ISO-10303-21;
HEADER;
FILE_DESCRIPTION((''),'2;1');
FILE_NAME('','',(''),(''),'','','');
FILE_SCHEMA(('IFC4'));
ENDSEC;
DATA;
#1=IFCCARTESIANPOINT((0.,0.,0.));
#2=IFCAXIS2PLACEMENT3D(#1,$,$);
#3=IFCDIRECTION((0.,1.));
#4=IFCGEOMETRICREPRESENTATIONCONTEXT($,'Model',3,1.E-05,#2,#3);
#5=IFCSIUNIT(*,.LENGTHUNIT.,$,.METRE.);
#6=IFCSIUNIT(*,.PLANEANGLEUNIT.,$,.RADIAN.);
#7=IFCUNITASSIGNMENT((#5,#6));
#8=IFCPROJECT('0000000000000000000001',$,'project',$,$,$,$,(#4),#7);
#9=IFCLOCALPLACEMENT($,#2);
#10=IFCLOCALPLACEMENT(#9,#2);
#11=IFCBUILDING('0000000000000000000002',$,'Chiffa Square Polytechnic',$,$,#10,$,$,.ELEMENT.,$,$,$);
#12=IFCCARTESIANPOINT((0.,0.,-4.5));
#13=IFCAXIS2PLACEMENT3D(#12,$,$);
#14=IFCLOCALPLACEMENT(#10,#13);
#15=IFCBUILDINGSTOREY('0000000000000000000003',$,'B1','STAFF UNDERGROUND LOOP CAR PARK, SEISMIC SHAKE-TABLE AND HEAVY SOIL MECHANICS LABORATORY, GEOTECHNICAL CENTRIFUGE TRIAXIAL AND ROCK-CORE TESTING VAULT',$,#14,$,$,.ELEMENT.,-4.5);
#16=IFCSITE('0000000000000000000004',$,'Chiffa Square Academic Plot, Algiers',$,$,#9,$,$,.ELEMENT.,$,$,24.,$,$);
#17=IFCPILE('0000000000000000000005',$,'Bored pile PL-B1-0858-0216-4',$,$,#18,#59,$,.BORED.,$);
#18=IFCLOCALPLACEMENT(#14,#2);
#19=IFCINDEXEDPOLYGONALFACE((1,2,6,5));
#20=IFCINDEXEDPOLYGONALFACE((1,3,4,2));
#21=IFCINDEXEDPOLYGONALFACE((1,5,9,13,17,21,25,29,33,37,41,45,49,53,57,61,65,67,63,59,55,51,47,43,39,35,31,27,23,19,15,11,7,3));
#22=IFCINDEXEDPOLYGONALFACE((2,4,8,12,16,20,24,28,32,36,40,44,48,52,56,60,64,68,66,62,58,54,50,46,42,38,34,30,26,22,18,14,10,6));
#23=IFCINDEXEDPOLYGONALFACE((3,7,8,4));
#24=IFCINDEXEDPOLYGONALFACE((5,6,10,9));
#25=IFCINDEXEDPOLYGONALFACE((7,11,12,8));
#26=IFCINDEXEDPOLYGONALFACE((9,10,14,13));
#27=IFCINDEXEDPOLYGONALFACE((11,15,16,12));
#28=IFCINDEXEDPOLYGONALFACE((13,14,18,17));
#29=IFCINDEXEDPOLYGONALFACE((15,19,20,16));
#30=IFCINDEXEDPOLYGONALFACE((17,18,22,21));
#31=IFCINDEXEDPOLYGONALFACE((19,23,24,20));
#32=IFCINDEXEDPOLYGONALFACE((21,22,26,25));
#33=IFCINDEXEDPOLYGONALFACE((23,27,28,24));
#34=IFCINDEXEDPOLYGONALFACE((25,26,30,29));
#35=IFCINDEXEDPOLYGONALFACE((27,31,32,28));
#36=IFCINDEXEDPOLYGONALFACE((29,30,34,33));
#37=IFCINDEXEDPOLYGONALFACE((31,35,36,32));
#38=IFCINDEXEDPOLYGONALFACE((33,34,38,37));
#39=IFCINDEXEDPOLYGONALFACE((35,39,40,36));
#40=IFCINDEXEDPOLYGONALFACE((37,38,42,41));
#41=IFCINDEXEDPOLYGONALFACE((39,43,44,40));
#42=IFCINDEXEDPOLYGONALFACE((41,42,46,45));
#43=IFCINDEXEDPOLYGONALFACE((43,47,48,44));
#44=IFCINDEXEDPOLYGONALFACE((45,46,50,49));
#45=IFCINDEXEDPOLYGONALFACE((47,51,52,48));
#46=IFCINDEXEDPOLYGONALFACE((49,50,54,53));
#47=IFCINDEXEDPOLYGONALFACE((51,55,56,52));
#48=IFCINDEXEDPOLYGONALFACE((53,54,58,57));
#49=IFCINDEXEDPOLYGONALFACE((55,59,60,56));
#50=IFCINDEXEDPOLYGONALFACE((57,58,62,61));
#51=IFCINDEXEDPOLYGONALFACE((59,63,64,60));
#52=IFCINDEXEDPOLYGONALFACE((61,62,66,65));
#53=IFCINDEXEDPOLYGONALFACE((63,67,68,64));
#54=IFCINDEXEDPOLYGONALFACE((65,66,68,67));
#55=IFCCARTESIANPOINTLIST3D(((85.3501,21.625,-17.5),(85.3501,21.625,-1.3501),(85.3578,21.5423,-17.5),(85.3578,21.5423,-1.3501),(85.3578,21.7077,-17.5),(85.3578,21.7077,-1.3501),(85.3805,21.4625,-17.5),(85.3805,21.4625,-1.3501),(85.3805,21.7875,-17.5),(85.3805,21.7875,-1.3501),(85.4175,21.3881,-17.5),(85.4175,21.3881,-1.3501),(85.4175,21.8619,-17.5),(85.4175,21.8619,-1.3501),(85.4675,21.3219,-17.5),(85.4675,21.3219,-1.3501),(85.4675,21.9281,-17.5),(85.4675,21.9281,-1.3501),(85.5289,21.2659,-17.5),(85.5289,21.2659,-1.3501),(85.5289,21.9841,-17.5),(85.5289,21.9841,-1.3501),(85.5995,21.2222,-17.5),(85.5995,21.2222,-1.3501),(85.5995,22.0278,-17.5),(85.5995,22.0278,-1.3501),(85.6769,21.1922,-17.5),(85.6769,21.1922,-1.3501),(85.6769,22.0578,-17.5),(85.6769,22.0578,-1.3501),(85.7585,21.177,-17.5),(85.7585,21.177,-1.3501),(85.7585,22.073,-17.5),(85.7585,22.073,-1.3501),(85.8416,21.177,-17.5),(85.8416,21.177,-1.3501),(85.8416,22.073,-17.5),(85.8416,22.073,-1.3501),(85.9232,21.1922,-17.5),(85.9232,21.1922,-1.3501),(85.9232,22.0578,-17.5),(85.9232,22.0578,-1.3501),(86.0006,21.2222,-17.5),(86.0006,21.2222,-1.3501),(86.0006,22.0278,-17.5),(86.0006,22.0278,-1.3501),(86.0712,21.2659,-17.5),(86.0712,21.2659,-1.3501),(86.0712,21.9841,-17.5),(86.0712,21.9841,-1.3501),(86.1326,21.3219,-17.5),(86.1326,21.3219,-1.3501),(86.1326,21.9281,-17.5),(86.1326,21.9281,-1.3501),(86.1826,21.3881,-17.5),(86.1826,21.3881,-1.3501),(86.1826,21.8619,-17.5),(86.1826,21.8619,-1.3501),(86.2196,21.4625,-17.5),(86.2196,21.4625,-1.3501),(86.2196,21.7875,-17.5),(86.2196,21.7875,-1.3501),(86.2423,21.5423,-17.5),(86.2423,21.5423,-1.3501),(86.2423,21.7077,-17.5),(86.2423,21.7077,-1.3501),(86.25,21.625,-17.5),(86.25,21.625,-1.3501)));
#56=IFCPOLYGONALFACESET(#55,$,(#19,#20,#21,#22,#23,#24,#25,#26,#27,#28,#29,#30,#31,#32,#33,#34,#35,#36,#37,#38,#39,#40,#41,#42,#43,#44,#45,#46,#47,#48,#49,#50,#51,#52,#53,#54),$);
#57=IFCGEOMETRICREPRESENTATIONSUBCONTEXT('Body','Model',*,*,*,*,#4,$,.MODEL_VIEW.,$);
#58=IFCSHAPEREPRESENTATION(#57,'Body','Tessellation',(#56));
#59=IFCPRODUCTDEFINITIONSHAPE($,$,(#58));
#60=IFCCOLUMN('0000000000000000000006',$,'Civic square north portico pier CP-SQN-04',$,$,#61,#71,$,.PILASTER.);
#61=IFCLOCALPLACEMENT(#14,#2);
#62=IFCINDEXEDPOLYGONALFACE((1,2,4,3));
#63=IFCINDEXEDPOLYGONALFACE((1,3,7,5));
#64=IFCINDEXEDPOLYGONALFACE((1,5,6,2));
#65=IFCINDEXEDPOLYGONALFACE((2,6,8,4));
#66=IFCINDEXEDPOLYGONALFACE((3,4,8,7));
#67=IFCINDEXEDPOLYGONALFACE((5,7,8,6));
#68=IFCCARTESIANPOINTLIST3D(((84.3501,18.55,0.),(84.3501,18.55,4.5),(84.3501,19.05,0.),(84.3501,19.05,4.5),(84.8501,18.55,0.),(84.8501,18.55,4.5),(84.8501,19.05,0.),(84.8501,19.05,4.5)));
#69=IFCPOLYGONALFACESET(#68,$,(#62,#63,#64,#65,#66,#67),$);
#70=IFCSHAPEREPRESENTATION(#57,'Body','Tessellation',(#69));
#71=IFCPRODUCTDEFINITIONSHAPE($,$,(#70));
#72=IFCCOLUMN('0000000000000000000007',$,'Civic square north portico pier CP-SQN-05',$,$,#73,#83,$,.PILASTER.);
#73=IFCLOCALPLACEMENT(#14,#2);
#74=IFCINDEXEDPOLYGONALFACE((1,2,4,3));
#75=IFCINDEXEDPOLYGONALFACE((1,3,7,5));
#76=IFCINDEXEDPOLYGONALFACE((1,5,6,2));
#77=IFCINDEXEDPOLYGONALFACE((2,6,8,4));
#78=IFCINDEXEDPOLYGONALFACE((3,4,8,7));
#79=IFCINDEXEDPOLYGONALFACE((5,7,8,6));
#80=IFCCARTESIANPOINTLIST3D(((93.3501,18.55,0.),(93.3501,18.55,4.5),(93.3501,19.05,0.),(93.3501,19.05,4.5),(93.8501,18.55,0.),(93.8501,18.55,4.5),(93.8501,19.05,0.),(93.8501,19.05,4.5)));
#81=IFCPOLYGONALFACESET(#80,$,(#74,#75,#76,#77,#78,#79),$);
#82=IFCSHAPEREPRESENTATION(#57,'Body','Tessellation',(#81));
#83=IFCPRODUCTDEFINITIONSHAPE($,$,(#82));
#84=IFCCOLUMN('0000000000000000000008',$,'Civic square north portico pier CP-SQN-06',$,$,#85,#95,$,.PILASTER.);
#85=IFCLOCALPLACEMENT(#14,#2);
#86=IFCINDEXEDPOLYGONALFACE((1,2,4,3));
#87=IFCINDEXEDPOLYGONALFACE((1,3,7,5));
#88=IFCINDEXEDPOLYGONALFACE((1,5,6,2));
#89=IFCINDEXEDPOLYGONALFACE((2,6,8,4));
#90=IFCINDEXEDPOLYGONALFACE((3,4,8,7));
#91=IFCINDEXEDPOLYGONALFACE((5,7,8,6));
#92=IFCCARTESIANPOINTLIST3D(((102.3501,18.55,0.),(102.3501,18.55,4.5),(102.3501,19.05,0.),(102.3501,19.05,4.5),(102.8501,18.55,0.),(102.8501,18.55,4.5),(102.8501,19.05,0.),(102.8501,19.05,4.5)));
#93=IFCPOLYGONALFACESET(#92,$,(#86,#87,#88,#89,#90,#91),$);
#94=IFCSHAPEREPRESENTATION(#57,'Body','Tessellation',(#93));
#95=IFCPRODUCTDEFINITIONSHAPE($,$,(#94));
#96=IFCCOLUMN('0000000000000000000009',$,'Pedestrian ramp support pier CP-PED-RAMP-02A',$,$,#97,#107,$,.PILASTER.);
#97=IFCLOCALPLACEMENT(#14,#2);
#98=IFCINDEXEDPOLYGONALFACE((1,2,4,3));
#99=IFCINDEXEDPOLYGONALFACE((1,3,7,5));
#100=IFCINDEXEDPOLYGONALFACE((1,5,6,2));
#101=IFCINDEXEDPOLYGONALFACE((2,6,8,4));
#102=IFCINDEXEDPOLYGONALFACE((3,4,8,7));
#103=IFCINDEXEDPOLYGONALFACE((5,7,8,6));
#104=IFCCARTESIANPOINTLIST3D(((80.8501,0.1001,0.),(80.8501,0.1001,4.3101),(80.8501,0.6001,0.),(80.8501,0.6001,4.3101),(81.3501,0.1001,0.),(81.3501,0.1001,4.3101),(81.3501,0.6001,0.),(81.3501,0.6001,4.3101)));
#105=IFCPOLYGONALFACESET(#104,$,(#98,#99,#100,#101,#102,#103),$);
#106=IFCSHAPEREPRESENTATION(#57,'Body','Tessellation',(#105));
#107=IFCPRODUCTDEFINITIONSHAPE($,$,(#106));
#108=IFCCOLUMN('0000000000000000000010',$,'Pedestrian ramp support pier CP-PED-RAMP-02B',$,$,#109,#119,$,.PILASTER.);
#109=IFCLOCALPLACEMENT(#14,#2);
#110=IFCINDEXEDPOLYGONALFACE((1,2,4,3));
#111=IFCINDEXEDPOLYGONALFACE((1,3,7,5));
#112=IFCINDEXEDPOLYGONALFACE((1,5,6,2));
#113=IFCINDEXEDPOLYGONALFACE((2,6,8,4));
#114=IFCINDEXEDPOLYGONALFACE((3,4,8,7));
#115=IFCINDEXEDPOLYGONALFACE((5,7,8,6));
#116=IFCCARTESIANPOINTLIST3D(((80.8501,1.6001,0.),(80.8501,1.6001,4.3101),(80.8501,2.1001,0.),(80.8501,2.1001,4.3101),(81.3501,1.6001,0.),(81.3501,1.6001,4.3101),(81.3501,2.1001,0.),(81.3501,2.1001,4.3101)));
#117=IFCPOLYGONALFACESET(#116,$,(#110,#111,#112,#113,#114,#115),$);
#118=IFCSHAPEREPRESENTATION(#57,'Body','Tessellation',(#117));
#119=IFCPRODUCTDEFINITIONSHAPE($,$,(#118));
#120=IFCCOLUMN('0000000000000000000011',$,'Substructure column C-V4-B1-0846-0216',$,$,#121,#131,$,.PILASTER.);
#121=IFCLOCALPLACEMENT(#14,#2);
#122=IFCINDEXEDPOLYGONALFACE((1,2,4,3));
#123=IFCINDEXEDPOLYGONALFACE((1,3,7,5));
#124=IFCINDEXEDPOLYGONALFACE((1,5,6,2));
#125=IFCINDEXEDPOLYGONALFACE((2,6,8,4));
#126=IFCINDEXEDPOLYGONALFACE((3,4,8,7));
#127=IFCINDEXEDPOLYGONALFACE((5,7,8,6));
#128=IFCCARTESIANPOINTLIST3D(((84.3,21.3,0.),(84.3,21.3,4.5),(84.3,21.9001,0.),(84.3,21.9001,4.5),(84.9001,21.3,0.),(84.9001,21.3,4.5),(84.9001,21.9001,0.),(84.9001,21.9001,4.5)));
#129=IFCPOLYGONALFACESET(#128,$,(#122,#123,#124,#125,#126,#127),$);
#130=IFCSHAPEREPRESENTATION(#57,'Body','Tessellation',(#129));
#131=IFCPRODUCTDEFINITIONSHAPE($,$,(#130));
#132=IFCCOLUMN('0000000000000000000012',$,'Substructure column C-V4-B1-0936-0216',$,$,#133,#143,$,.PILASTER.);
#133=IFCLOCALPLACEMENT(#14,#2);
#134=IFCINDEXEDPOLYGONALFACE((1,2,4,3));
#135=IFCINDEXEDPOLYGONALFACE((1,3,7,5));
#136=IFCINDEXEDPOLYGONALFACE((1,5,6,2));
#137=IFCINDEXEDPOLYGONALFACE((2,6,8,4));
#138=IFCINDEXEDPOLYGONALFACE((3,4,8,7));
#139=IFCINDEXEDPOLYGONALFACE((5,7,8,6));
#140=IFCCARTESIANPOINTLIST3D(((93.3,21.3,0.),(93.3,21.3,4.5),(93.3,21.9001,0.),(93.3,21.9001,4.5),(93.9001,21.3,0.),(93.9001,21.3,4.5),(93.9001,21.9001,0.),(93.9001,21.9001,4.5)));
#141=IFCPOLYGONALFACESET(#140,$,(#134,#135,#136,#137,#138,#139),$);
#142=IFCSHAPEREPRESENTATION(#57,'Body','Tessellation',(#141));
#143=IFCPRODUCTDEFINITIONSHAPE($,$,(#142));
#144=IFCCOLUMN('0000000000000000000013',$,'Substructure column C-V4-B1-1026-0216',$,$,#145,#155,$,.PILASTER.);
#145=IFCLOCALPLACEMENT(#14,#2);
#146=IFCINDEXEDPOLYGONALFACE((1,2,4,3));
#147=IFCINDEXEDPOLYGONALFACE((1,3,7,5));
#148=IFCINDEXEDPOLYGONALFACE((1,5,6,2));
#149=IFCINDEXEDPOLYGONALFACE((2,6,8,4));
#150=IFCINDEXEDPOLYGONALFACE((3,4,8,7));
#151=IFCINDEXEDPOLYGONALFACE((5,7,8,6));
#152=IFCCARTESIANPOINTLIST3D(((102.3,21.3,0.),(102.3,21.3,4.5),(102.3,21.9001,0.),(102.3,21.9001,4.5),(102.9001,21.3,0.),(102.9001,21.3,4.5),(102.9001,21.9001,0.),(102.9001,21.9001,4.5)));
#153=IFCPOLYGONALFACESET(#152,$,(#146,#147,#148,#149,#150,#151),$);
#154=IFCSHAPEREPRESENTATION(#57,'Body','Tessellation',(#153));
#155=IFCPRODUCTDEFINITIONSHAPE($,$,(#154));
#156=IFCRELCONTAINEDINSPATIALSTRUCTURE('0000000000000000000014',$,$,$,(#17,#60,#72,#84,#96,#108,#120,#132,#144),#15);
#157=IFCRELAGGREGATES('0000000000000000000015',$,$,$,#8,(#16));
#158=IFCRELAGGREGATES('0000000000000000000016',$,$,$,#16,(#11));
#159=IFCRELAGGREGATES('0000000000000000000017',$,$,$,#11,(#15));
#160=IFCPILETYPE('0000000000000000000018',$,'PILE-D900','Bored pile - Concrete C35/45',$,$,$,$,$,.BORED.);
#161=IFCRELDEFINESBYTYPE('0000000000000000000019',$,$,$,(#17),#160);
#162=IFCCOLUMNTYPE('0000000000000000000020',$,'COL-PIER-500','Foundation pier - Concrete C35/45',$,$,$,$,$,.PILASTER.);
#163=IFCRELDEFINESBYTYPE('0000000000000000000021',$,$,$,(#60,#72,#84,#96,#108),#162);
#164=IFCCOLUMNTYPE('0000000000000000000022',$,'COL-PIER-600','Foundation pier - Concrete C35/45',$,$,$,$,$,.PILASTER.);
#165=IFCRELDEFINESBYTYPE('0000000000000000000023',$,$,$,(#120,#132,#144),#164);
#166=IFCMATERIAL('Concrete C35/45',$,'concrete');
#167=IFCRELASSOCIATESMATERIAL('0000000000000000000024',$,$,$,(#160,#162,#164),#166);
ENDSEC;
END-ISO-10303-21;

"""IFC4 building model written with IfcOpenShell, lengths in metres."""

from ifc_helpers import new_model, si_unit, direction, frame, origin, origin_2d, place, context, subcontext, project, spatial, rectangle, circle, extrude, material, material_profile, profile_set, type_object, element, save


model = new_model("IFC4")

# Units and contexts
model_context = context("Model", 3, precision=1e-05, world=origin(), true_north=direction((0.0, 1.0)))
body_context = subcontext(model_context, "Body", "Model", "MODEL_VIEW")
ifc_project = project(units=[si_unit("LENGTHUNIT", "METRE"), si_unit("PLANEANGLEUNIT", "RADIAN")], contexts=[model_context])

# Site, building, storey
site_placement = place(None, origin())
site = spatial("IfcSite", under=ifc_project, at=site_placement, Name="Chiffa Square Academic Plot, Algiers", CompositionType="ELEMENT", RefElevation=24.0)
building_placement = place(site_placement, origin())
building = spatial("IfcBuilding", under=site, at=building_placement, Name="Chiffa Square Polytechnic", CompositionType="ELEMENT")
storey_placement = place(building_placement, frame((0.0, 0.0, -4.5)))
storey = spatial("IfcBuildingStorey", under=building, at=storey_placement, Name="B1", Description="STAFF UNDERGROUND LOOP CAR PARK, SEISMIC SHAKE-TABLE AND HEAVY SOIL MECHANICS LABORATORY, GEOTECHNICAL CENTRIFUGE TRIAXIAL AND ROCK-CORE TESTING VAULT", CompositionType="ELEMENT", Elevation=-4.5)

# Shared definitions
ifc_material = material(Name="Concrete C35/45", Category="concrete")

# Pile
ifc_material_profile_1 = material_profile(ifc_material, circle(Radius=0.45, at=origin_2d()), Name="PILE D900")
ifc_profile_set_1 = profile_set([ifc_material_profile_1], Name="Concrete C35/45")
pile_type_1 = type_object("IfcPileType", Name="PILE-D900", Description="Bored pile - Concrete C35/45", PredefinedType="BORED", material=ifc_profile_set_1)
for number, where, z_axis, x_axis, name in (
    (1, (85.8, 21.625, -1.3501), (0.0, 0.0, -1.0), (1.0, 0.0, 0.0), "Bored pile PL-B1-0858-0216-4"),
):
    element("IfcPile", number, at=place(storey_placement, frame(where, z_axis=z_axis, x_axis=x_axis)), inside=storey, type_object=pile_type_1, Name=name, PredefinedType="BORED", context=body_context, shape_type="SweptSolid", body=[
        extrude(circle(Radius=0.45, at=origin_2d()), origin(), (0.0, 0.0, 1.0), 16.1499),
    ])

# Columns
ifc_material_profile_2 = material_profile(ifc_material, rectangle(XDim=0.5, YDim=0.5, at=origin_2d()), Name="RC 500x500")
ifc_profile_set_2 = profile_set([ifc_material_profile_2], Name="Concrete C35/45")
column_type_1 = type_object("IfcColumnType", Name="COL-PIER-500", Description="Foundation pier - Concrete C35/45", PredefinedType="PILASTER", material=ifc_profile_set_2)
for number, where, z_axis, x_axis, name in (
    (2, (84.6001, 18.8, 0.0), (0.0, 0.0, 1.0), (1.0, 0.0, 0.0), "Civic square north portico pier CP-SQN-04"),
    (3, (93.6001, 18.8, 0.0), (0.0, 0.0, 1.0), (1.0, 0.0, 0.0), "Civic square north portico pier CP-SQN-05"),
    (4, (102.6001, 18.8, 0.0), (0.0, 0.0, 1.0), (1.0, 0.0, 0.0), "Civic square north portico pier CP-SQN-06"),
):
    element("IfcColumn", number, at=place(storey_placement, frame(where, z_axis=z_axis, x_axis=x_axis)), inside=storey, type_object=column_type_1, Name=name, PredefinedType="PILASTER", context=body_context, shape_type="SweptSolid", body=[
        extrude(rectangle(XDim=0.5, YDim=0.5, at=origin_2d()), origin(), (0.0, 0.0, 1.0), 4.5),
    ])
for number, where, z_axis, x_axis, name in (
    (5, (81.1001, 0.3501, 0.0), (0.0, 0.0, 1.0), (1.0, 0.0, 0.0), "Pedestrian ramp support pier CP-PED-RAMP-02A"),
    (6, (81.1001, 1.8501, 0.0), (0.0, 0.0, 1.0), (1.0, 0.0, 0.0), "Pedestrian ramp support pier CP-PED-RAMP-02B"),
):
    element("IfcColumn", number, at=place(storey_placement, frame(where, z_axis=z_axis, x_axis=x_axis)), inside=storey, type_object=column_type_1, Name=name, PredefinedType="PILASTER", context=body_context, shape_type="SweptSolid", body=[
        extrude(rectangle(XDim=0.5, YDim=0.5, at=origin_2d()), origin(), (0.0, 0.0, 1.0), 4.3101),
    ])
ifc_material_profile_3 = material_profile(ifc_material, rectangle(XDim=0.6001, YDim=0.6001, at=origin_2d()), Name="RC 600x600")
ifc_profile_set_3 = profile_set([ifc_material_profile_3], Name="Concrete C35/45")
column_type_2 = type_object("IfcColumnType", Name="COL-PIER-600", Description="Foundation pier - Concrete C35/45", PredefinedType="PILASTER", material=ifc_profile_set_3)
for number, where, z_axis, x_axis, name in (
    (7, (84.6001, 21.6001, 0.0), (0.0, 0.0, 1.0), (1.0, 0.0, 0.0), "Substructure column C-V4-B1-0846-0216"),
    (8, (93.6001, 21.6001, 0.0), (0.0, 0.0, 1.0), (1.0, 0.0, 0.0), "Substructure column C-V4-B1-0936-0216"),
    (9, (102.6001, 21.6001, 0.0), (0.0, 0.0, 1.0), (1.0, 0.0, 0.0), "Substructure column C-V4-B1-1026-0216"),
):
    element("IfcColumn", number, at=place(storey_placement, frame(where, z_axis=z_axis, x_axis=x_axis)), inside=storey, type_object=column_type_2, Name=name, PredefinedType="PILASTER", context=body_context, shape_type="SweptSolid", body=[
        extrude(rectangle(XDim=0.6001, YDim=0.6001, at=origin_2d()), origin(), (0.0, 0.0, 1.0), 4.5),
    ])

save(model, "model.ifc")
